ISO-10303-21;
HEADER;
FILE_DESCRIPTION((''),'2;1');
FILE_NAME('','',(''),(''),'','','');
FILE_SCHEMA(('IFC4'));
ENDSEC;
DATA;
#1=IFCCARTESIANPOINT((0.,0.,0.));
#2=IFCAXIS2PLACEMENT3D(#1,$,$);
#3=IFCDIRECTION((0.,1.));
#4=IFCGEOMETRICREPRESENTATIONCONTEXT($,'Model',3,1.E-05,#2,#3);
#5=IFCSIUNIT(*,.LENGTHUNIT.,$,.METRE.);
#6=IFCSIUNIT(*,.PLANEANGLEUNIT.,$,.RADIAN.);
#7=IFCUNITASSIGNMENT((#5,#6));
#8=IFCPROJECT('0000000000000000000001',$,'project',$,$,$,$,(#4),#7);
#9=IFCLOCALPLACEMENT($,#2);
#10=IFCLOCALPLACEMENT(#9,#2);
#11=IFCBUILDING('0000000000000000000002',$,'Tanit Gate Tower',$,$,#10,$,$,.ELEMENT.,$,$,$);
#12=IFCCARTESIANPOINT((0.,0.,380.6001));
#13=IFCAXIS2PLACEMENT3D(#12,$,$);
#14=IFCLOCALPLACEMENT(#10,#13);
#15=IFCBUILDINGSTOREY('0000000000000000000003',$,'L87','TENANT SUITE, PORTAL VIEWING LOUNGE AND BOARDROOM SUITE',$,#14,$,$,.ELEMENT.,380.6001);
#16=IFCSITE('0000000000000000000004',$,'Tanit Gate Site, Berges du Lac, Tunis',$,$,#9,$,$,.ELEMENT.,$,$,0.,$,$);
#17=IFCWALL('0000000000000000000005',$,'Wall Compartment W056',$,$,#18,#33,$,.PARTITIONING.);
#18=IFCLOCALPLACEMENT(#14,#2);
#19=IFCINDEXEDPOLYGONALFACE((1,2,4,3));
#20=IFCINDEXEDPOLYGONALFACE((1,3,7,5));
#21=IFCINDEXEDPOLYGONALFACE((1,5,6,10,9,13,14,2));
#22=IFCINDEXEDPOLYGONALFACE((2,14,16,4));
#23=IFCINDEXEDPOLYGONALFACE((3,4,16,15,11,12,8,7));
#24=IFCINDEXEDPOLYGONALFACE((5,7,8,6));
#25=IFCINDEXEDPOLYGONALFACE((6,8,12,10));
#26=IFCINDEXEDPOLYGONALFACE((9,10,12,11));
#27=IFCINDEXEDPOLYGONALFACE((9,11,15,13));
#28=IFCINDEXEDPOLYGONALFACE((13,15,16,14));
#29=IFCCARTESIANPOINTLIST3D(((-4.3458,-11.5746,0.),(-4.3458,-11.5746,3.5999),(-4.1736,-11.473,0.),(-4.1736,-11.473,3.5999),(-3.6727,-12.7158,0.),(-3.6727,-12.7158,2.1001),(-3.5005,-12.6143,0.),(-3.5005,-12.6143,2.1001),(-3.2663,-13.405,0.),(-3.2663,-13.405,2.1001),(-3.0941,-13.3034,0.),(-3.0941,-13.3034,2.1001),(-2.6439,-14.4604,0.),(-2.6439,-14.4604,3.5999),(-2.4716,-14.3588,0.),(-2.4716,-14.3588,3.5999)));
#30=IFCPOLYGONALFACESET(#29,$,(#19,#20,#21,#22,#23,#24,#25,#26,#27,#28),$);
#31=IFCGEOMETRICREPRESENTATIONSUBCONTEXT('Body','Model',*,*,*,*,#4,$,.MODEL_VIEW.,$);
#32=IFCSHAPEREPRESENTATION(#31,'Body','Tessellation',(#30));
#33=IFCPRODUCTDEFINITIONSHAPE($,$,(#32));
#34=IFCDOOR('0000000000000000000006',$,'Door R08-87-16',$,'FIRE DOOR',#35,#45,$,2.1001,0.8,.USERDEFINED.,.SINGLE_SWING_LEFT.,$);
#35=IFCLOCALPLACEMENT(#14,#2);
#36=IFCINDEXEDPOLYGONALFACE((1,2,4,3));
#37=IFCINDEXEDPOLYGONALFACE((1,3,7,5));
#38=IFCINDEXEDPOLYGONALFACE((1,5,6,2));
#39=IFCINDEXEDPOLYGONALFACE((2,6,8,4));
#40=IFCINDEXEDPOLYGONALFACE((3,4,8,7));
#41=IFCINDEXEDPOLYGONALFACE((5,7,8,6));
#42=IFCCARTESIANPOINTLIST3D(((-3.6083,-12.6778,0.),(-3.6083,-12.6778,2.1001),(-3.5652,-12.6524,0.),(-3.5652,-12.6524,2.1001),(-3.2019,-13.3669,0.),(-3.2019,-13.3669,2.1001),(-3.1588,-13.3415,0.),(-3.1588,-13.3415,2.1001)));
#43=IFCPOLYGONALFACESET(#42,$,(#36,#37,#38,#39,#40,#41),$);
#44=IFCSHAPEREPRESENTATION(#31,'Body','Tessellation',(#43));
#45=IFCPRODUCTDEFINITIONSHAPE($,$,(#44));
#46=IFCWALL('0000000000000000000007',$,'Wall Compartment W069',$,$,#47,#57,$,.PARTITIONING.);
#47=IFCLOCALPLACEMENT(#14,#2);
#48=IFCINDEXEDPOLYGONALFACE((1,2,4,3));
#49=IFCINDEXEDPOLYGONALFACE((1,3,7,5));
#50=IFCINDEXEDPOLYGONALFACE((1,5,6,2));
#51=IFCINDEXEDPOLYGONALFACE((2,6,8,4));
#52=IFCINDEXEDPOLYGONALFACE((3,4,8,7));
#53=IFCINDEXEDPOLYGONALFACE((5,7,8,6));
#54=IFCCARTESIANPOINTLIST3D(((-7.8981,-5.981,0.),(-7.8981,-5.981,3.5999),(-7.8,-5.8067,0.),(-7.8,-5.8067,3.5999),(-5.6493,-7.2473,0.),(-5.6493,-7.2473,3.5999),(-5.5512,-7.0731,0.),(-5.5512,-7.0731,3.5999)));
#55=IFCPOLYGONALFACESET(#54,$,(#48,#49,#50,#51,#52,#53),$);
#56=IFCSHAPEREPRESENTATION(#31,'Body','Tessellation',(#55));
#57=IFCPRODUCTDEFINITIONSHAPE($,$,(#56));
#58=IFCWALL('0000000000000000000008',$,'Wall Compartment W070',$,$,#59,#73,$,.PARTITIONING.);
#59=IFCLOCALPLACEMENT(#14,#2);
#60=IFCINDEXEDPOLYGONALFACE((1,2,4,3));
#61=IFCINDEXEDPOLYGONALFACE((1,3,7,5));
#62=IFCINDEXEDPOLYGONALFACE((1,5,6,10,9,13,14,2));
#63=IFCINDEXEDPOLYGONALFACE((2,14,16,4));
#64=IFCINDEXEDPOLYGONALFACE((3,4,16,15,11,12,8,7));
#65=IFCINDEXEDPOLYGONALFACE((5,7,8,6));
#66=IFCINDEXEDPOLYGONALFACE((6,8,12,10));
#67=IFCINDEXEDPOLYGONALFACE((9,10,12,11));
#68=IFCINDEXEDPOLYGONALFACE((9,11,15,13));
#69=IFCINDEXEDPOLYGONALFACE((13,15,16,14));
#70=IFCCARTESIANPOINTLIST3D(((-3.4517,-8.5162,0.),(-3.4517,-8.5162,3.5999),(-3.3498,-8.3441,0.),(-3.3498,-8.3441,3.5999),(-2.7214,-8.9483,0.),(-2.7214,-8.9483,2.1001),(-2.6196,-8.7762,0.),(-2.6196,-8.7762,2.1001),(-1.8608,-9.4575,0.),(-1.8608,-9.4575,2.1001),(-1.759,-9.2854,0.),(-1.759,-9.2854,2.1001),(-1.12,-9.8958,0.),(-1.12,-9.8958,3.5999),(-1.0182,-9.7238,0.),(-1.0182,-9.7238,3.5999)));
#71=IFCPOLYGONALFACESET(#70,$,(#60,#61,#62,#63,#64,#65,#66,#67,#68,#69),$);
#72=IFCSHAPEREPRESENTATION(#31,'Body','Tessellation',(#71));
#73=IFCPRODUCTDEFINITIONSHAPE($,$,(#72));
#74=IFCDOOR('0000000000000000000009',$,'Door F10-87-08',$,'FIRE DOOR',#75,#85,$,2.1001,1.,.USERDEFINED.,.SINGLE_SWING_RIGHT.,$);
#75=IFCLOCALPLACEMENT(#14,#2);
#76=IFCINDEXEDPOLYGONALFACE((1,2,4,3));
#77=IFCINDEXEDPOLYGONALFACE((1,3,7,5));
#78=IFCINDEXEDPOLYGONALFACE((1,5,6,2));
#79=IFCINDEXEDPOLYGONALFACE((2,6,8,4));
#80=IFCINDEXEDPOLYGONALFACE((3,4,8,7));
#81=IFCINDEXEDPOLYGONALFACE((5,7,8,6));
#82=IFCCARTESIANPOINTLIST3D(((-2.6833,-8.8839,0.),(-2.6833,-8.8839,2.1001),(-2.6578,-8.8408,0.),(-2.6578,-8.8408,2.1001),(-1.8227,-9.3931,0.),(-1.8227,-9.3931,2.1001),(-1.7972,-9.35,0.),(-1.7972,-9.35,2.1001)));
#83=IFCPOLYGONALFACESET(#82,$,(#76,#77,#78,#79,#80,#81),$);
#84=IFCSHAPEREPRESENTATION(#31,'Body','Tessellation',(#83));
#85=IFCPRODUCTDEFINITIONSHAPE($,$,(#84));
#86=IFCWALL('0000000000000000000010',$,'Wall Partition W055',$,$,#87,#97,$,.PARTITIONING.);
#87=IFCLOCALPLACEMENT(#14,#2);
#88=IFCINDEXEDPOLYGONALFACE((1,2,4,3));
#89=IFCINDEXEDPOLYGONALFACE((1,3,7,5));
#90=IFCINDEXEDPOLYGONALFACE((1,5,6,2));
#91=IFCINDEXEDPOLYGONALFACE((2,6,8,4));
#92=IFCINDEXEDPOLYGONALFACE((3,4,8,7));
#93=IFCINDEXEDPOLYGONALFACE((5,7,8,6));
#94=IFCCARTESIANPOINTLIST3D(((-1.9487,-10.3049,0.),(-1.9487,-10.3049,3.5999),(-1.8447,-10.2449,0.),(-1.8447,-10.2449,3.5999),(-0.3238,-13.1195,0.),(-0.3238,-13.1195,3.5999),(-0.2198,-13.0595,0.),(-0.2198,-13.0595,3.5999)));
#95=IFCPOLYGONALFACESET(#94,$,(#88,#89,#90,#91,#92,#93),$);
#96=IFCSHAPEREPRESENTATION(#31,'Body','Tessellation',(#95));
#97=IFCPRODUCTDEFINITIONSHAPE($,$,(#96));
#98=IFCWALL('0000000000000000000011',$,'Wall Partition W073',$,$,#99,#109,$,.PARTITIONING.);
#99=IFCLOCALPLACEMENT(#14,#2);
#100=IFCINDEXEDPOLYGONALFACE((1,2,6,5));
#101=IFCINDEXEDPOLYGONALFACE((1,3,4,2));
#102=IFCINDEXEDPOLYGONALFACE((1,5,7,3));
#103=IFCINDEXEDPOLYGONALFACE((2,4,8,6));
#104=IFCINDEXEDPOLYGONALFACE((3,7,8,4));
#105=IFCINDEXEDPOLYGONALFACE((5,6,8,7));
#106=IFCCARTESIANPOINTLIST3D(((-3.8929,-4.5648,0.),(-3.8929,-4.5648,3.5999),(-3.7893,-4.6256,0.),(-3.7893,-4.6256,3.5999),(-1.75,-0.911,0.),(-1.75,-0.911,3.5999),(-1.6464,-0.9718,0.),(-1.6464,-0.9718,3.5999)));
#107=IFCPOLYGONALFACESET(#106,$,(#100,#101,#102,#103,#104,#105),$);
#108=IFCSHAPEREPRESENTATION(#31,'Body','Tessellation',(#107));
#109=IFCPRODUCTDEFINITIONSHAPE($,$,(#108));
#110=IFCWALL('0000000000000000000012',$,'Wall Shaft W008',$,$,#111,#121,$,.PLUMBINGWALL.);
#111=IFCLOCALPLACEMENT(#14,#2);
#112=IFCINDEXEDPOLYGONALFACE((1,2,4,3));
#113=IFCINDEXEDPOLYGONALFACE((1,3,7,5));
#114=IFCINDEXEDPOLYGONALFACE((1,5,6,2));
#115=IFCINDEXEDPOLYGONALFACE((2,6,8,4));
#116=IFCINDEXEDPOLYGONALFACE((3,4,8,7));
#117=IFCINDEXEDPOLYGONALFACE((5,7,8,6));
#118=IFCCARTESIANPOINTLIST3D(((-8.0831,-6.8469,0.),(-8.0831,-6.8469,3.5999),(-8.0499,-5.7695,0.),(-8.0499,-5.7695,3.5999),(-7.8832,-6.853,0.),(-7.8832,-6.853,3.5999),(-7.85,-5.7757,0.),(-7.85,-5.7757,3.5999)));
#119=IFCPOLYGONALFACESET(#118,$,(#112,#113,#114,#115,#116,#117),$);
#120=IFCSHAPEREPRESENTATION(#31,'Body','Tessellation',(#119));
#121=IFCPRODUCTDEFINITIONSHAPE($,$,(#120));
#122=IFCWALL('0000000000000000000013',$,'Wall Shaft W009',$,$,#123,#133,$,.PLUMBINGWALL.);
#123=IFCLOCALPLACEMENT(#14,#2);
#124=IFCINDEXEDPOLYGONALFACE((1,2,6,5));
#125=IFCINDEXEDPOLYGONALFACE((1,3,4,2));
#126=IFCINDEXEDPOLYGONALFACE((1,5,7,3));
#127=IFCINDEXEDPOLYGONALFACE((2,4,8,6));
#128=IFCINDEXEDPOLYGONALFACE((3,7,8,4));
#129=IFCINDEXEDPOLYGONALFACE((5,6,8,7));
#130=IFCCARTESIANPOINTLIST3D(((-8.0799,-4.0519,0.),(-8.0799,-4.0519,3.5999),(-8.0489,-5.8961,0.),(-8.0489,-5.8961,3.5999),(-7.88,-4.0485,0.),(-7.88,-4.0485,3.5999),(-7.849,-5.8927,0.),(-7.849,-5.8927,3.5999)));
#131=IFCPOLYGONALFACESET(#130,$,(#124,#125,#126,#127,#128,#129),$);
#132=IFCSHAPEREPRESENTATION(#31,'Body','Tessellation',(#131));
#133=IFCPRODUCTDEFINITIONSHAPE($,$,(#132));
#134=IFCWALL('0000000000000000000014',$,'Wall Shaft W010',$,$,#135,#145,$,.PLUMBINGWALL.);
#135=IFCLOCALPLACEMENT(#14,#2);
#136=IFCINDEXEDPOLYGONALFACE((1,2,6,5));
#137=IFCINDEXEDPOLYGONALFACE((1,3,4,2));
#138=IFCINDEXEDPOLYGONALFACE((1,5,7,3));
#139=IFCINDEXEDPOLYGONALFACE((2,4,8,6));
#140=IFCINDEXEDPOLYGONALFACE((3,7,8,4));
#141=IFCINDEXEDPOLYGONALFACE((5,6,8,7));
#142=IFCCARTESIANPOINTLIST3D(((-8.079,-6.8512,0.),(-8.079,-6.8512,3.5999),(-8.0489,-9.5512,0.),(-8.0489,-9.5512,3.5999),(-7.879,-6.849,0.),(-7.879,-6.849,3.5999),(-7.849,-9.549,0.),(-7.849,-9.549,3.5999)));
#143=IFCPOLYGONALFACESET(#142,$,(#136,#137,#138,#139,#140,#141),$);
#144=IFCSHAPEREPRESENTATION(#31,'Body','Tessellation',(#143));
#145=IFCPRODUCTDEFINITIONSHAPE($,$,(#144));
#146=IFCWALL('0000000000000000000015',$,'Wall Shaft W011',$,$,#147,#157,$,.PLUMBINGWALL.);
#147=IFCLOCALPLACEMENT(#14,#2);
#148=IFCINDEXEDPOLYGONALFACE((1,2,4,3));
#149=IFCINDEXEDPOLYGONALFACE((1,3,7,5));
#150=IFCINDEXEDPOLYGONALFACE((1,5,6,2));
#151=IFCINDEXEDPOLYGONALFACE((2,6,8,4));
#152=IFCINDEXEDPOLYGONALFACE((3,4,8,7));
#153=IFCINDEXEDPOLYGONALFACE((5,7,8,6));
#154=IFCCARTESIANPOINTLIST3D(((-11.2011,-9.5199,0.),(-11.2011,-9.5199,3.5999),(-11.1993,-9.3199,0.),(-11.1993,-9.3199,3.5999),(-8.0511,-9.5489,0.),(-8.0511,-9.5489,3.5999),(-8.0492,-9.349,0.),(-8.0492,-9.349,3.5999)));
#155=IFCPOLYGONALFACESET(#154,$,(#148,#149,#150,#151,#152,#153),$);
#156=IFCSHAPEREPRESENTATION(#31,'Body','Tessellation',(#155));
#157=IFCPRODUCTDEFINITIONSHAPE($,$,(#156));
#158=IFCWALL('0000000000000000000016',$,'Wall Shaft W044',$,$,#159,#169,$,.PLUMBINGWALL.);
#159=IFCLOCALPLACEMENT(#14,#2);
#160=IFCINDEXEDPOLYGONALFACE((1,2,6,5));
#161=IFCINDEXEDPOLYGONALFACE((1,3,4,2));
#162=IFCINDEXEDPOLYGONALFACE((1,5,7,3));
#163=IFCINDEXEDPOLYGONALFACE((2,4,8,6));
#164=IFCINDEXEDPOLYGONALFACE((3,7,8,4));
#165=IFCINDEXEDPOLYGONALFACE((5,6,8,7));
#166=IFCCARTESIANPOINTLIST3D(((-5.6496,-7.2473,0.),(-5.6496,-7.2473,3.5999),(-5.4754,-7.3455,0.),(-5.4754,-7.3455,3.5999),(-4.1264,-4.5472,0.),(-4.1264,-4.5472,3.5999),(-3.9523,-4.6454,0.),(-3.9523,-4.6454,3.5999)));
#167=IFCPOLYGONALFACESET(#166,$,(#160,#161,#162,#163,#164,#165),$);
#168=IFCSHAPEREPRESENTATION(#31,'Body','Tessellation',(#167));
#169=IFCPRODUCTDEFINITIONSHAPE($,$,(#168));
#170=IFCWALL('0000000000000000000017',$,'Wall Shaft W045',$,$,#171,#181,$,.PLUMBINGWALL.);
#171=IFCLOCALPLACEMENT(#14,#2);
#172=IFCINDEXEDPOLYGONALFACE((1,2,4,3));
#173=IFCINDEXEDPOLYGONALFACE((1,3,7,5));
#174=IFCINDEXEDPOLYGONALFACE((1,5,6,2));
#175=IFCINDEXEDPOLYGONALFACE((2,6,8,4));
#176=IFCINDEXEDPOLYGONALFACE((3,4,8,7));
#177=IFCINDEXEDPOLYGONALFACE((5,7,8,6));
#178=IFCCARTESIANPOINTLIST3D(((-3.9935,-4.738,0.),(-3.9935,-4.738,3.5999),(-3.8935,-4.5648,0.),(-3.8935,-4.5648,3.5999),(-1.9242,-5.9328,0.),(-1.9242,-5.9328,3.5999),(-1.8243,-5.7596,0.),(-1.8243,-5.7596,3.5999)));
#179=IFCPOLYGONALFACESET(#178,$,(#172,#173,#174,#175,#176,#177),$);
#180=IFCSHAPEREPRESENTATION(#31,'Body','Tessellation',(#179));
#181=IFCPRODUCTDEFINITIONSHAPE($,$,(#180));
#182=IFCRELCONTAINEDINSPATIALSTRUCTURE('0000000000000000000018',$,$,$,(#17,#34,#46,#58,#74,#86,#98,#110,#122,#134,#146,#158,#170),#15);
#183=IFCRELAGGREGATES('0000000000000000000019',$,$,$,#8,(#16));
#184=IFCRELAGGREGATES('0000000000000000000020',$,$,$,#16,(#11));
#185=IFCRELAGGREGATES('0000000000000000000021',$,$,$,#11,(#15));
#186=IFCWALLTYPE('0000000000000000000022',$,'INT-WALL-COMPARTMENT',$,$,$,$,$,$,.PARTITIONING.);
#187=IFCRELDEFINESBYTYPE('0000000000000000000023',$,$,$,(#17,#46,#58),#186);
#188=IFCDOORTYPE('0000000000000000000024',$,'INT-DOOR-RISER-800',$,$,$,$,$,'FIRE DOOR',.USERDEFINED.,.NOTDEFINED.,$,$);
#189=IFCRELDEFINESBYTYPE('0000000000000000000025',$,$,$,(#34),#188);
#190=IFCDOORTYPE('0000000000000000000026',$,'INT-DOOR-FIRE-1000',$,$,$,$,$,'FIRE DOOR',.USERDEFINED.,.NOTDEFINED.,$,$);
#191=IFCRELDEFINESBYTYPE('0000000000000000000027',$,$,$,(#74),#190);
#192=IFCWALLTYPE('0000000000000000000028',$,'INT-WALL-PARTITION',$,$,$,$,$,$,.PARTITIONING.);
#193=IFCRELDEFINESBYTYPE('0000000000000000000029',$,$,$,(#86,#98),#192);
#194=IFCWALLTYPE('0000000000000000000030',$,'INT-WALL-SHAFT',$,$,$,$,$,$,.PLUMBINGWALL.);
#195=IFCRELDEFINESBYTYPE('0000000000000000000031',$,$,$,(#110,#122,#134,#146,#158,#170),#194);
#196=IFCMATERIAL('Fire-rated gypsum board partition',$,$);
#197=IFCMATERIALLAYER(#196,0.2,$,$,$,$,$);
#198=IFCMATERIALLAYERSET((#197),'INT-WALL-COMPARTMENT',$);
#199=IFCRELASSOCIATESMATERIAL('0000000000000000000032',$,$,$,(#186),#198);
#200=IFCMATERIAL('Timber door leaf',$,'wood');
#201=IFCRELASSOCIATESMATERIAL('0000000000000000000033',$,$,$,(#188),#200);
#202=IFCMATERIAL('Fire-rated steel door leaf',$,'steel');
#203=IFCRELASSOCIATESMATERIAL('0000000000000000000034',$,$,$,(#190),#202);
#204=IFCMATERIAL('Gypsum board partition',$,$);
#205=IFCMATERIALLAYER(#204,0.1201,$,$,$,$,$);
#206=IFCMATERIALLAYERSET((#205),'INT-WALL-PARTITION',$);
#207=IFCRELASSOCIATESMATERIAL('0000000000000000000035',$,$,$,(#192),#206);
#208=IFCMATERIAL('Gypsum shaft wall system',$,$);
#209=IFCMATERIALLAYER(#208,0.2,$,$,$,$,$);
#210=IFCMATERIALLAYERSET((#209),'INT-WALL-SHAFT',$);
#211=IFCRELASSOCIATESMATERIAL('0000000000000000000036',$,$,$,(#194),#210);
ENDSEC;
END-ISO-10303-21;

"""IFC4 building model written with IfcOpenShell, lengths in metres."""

from ifc_helpers import new_model, si_unit, direction, frame, frame_2d, origin, place, context, subcontext, project, spatial, rectangle, extrude, material, layer, layer_set, type_object, element, fill, save


model = new_model("IFC4")

# Units and contexts
model_context = context("Model", 3, precision=1e-05, world=origin(), true_north=direction((0.0, 1.0)))
body_context = subcontext(model_context, "Body", "Model", "MODEL_VIEW")
ifc_project = project(units=[si_unit("LENGTHUNIT", "METRE"), si_unit("PLANEANGLEUNIT", "RADIAN")], contexts=[model_context])

# Site, building, storey
site_placement = place(None, origin())
site = spatial("IfcSite", under=ifc_project, at=site_placement, Name="Tanit Gate Site, Berges du Lac, Tunis", CompositionType="ELEMENT", RefElevation=0.0)
building_placement = place(site_placement, origin())
building = spatial("IfcBuilding", under=site, at=building_placement, Name="Tanit Gate Tower", CompositionType="ELEMENT")
storey_placement = place(building_placement, frame((0.0, 0.0, 380.6001)))
storey = spatial("IfcBuildingStorey", under=building, at=storey_placement, Name="L87", Description="TENANT SUITE, PORTAL VIEWING LOUNGE AND BOARDROOM SUITE", CompositionType="ELEMENT", Elevation=380.6001)

# Wall, opening, door
ifc_material_1 = material(Name="Fire-rated gypsum board partition")
ifc_layer_1 = layer(ifc_material_1, 0.2)
ifc_layer_set_1 = layer_set([ifc_layer_1], Name="INT-WALL-COMPARTMENT")
wall_type_1 = type_object("IfcWallType", Name="INT-WALL-COMPARTMENT", PredefinedType="PARTITIONING", material=ifc_layer_set_1)
wall_1_placement = place(storey_placement, frame((-4.2598, -11.5237, 0.0), z_axis=(0.0, 0.0, 1.0), x_axis=(0.507997, -0.861359, 0.0)))
wall_1 = element("IfcWall", 1, at=wall_1_placement, inside=storey, type_object=wall_type_1, Name="Wall Compartment W056", PredefinedType="PARTITIONING", context=body_context, shape_type="SweptSolid", body=[
    extrude(rectangle(XDim=3.3503, YDim=0.2, at=frame_2d((1.6753, 0.0))), origin(), (0.0, 0.0, 1.0), 3.5999),
])
opening_1_placement = place(wall_1_placement, frame((1.3252, 0.0, 0.0)))
opening_1 = element("IfcOpeningElement", 2, at=opening_1_placement, cuts=wall_1, PredefinedType="OPENING", context=body_context, shape_type="SweptSolid", body=[
    extrude(rectangle(XDim=0.8, YDim=2.1001, at=frame_2d((0.3999, 1.05))), frame((0.0, 0.1099, 0.0), z_axis=(0.0, -1.0, 0.0), x_axis=(1.0, 0.0, 0.0)), (0.0, 0.0, 1.0), 0.22),
])
ifc_material_2 = material(Name="Timber door leaf", Category="wood")
door_type_1 = type_object("IfcDoorType", Name="INT-DOOR-RISER-800", ElementType="FIRE DOOR", OperationType="NOTDEFINED", PredefinedType="USERDEFINED", material=ifc_material_2)
door_1_placement = place(opening_1_placement, origin())
door_1 = element("IfcDoor", 3, at=door_1_placement, inside=storey, type_object=door_type_1, Name="Door R08-87-16", ObjectType="FIRE DOOR", OperationType="SINGLE_SWING_LEFT", OverallHeight=2.1001, OverallWidth=0.8, PredefinedType="USERDEFINED", context=body_context, shape_type="SweptSolid", body=[
    extrude(rectangle(XDim=0.8, YDim=2.1001, at=frame_2d((0.3999, 1.05))), frame((0.0, 0.0249, 0.0), z_axis=(0.0, -1.0, 0.0), x_axis=(1.0, 0.0, 0.0)), (0.0, 0.0, 1.0), 0.05),
])
fill(opening_1, door_1)

# Wall
wall_2_placement = place(storey_placement, frame((-7.8491, -5.8938, 0.0), z_axis=(0.0, 0.0, 1.0), x_axis=(0.87134, -0.490679, 0.0)))
element("IfcWall", 4, at=wall_2_placement, inside=storey, type_object=wall_type_1, Name="Wall Compartment W069", PredefinedType="PARTITIONING", context=body_context, shape_type="SweptSolid", body=[
    extrude(rectangle(XDim=2.5808, YDim=0.2, at=frame_2d((1.2905, 0.0))), origin(), (0.0, 0.0, 1.0), 3.5999),
])

# Wall, opening, door
wall_3_placement = place(storey_placement, frame((-3.4006, -8.4302, 0.0), z_axis=(0.0, 0.0, 1.0), x_axis=(0.860618, -0.509251, 0.0)))
wall_3 = element("IfcWall", 5, at=wall_3_placement, inside=storey, type_object=wall_type_1, Name="Wall Compartment W070", PredefinedType="PARTITIONING", context=body_context, shape_type="SweptSolid", body=[
    extrude(rectangle(XDim=2.7092, YDim=0.2, at=frame_2d((1.3545, 0.0))), origin(), (0.0, 0.0, 1.0), 3.5999),
])
opening_2_placement = place(wall_3_placement, frame((0.8484, 0.0, 0.0)))
opening_2 = element("IfcOpeningElement", 6, at=opening_2_placement, cuts=wall_3, PredefinedType="OPENING", context=body_context, shape_type="SweptSolid", body=[
    extrude(rectangle(XDim=1.0, YDim=2.1001, at=frame_2d((0.5, 1.05))), frame((0.0, 0.1099, 0.0), z_axis=(0.0, -1.0, 0.0), x_axis=(1.0, 0.0, 0.0)), (0.0, 0.0, 1.0), 0.22),
])
ifc_material_3 = material(Name="Fire-rated steel door leaf", Category="steel")
door_type_2 = type_object("IfcDoorType", Name="INT-DOOR-FIRE-1000", ElementType="FIRE DOOR", OperationType="NOTDEFINED", PredefinedType="USERDEFINED", material=ifc_material_3)
door_2_placement = place(opening_2_placement, origin())
door_2 = element("IfcDoor", 7, at=door_2_placement, inside=storey, type_object=door_type_2, Name="Door F10-87-08", ObjectType="FIRE DOOR", OperationType="SINGLE_SWING_RIGHT", OverallHeight=2.1001, OverallWidth=1.0, PredefinedType="USERDEFINED", context=body_context, shape_type="SweptSolid", body=[
    extrude(rectangle(XDim=1.0, YDim=2.1001, at=frame_2d((0.5, 1.05))), frame((0.0, 0.0249, 0.0), z_axis=(0.0, -1.0, 0.0), x_axis=(1.0, 0.0, 0.0)), (0.0, 0.0, 1.0), 0.05),
])
fill(opening_2, door_2)

# Walls
ifc_material_4 = material(Name="Gypsum board partition")
ifc_layer_2 = layer(ifc_material_4, 0.1201)
ifc_layer_set_2 = layer_set([ifc_layer_2], Name="INT-WALL-PARTITION")
wall_type_2 = type_object("IfcWallType", Name="INT-WALL-PARTITION", PredefinedType="PARTITIONING", material=ifc_layer_set_2)
wall_4_placement = place(storey_placement, frame((-1.8967, -10.2749, 0.0), z_axis=(0.0, 0.0, 1.0), x_axis=(0.499985, -0.866034, 0.0)))
element("IfcWall", 8, at=wall_4_placement, inside=storey, type_object=wall_type_2, Name="Wall Partition W055", PredefinedType="PARTITIONING", context=body_context, shape_type="SweptSolid", body=[
    extrude(rectangle(XDim=3.25, YDim=0.1201, at=frame_2d((1.625, 0.0))), origin(), (0.0, 0.0, 1.0), 3.5999),
])
wall_5_placement = place(storey_placement, frame((-3.8411, -4.5952, 0.0), z_axis=(0.0, 0.0, 1.0), x_axis=(0.505884, 0.862602, 0.0)))
element("IfcWall", 9, at=wall_5_placement, inside=storey, type_object=wall_type_2, Name="Wall Partition W073", PredefinedType="PARTITIONING", context=body_context, shape_type="SweptSolid", body=[
    extrude(rectangle(XDim=4.2358, YDim=0.1201, at=frame_2d((2.1179, 0.0))), origin(), (0.0, 0.0, 1.0), 3.5999),
])
ifc_material_5 = material(Name="Gypsum shaft wall system")
ifc_layer_3 = layer(ifc_material_5, 0.2)
ifc_layer_set_3 = layer_set([ifc_layer_3], Name="INT-WALL-SHAFT")
wall_type_3 = type_object("IfcWallType", Name="INT-WALL-SHAFT", PredefinedType="PLUMBINGWALL", material=ifc_layer_set_3)
wall_6_placement = place(storey_placement, frame((-7.95, -5.7725, 0.0), z_axis=(0.0, 0.0, 1.0), x_axis=(-0.030803, -0.999525, 0.0)))
element("IfcWall", 10, at=wall_6_placement, inside=storey, type_object=wall_type_3, Name="Wall Shaft W008", PredefinedType="PLUMBINGWALL", context=body_context, shape_type="SweptSolid", body=[
    extrude(rectangle(XDim=1.0779, YDim=0.2, at=frame_2d((0.5391, 0.0))), origin(), (0.0, 0.0, 1.0), 3.5999),
])
wall_7_placement = place(storey_placement, frame((-7.98, -4.05, 0.0), z_axis=(0.0, 0.0, 1.0), x_axis=(0.01681, -0.999859, 0.0)))
element("IfcWall", 11, at=wall_7_placement, inside=storey, type_object=wall_type_3, Name="Wall Shaft W009", PredefinedType="PLUMBINGWALL", context=body_context, shape_type="SweptSolid", body=[
    extrude(rectangle(XDim=1.8445, YDim=0.2, at=frame_2d((0.9224, 0.0))), origin(), (0.0, 0.0, 1.0), 3.5999),
])
wall_8_placement = place(storey_placement, frame((-7.979, -6.8501, 0.0), z_axis=(0.0, 0.0, 1.0), x_axis=(0.011121, -0.999938, 0.0)))
element("IfcWall", 12, at=wall_8_placement, inside=storey, type_object=wall_type_3, Name="Wall Shaft W010", PredefinedType="PLUMBINGWALL", context=body_context, shape_type="SweptSolid", body=[
    extrude(rectangle(XDim=2.7002, YDim=0.2, at=frame_2d((1.3501, 0.0))), origin(), (0.0, 0.0, 1.0), 3.5999),
])
wall_9_placement = place(storey_placement, frame((-8.05, -9.449, 0.0), z_axis=(0.0, 0.0, 1.0), x_axis=(-0.999957, 0.009223, 0.0)))
element("IfcWall", 13, at=wall_9_placement, inside=storey, type_object=wall_type_3, Name="Wall Shaft W011", PredefinedType="PLUMBINGWALL", context=body_context, shape_type="SweptSolid", body=[
    extrude(rectangle(XDim=3.1501, YDim=0.2, at=frame_2d((1.5752, 0.0))), origin(), (0.0, 0.0, 1.0), 3.5999),
])

# Walls
wall_10_placement = place(storey_placement, frame((-5.5625, -7.2964, 0.0), z_axis=(0.0, 0.0, 1.0), x_axis=(0.491323, 0.870978, 0.0)))
element("IfcWall", 14, at=wall_10_placement, inside=storey, type_object=wall_type_3, Name="Wall Shaft W044", PredefinedType="PLUMBINGWALL", context=body_context, shape_type="SweptSolid", body=[
    extrude(rectangle(XDim=3.1001, YDim=0.2, at=frame_2d((1.55, 0.0))), origin(), (0.0, 0.0, 1.0), 3.5999),
])
wall_11_placement = place(storey_placement, frame((-3.9436, -4.6514, 0.0), z_axis=(0.0, 0.0, 1.0), x_axis=(0.866009, -0.500029, 0.0)))
element("IfcWall", 15, at=wall_11_placement, inside=storey, type_object=wall_type_3, Name="Wall Shaft W045", PredefinedType="PLUMBINGWALL", context=body_context, shape_type="SweptSolid", body=[
    extrude(rectangle(XDim=2.3894, YDim=0.2, at=frame_2d((1.1948, 0.0))), origin(), (0.0, 0.0, 1.0), 3.5999),
])

save(model, "model.ifc")
